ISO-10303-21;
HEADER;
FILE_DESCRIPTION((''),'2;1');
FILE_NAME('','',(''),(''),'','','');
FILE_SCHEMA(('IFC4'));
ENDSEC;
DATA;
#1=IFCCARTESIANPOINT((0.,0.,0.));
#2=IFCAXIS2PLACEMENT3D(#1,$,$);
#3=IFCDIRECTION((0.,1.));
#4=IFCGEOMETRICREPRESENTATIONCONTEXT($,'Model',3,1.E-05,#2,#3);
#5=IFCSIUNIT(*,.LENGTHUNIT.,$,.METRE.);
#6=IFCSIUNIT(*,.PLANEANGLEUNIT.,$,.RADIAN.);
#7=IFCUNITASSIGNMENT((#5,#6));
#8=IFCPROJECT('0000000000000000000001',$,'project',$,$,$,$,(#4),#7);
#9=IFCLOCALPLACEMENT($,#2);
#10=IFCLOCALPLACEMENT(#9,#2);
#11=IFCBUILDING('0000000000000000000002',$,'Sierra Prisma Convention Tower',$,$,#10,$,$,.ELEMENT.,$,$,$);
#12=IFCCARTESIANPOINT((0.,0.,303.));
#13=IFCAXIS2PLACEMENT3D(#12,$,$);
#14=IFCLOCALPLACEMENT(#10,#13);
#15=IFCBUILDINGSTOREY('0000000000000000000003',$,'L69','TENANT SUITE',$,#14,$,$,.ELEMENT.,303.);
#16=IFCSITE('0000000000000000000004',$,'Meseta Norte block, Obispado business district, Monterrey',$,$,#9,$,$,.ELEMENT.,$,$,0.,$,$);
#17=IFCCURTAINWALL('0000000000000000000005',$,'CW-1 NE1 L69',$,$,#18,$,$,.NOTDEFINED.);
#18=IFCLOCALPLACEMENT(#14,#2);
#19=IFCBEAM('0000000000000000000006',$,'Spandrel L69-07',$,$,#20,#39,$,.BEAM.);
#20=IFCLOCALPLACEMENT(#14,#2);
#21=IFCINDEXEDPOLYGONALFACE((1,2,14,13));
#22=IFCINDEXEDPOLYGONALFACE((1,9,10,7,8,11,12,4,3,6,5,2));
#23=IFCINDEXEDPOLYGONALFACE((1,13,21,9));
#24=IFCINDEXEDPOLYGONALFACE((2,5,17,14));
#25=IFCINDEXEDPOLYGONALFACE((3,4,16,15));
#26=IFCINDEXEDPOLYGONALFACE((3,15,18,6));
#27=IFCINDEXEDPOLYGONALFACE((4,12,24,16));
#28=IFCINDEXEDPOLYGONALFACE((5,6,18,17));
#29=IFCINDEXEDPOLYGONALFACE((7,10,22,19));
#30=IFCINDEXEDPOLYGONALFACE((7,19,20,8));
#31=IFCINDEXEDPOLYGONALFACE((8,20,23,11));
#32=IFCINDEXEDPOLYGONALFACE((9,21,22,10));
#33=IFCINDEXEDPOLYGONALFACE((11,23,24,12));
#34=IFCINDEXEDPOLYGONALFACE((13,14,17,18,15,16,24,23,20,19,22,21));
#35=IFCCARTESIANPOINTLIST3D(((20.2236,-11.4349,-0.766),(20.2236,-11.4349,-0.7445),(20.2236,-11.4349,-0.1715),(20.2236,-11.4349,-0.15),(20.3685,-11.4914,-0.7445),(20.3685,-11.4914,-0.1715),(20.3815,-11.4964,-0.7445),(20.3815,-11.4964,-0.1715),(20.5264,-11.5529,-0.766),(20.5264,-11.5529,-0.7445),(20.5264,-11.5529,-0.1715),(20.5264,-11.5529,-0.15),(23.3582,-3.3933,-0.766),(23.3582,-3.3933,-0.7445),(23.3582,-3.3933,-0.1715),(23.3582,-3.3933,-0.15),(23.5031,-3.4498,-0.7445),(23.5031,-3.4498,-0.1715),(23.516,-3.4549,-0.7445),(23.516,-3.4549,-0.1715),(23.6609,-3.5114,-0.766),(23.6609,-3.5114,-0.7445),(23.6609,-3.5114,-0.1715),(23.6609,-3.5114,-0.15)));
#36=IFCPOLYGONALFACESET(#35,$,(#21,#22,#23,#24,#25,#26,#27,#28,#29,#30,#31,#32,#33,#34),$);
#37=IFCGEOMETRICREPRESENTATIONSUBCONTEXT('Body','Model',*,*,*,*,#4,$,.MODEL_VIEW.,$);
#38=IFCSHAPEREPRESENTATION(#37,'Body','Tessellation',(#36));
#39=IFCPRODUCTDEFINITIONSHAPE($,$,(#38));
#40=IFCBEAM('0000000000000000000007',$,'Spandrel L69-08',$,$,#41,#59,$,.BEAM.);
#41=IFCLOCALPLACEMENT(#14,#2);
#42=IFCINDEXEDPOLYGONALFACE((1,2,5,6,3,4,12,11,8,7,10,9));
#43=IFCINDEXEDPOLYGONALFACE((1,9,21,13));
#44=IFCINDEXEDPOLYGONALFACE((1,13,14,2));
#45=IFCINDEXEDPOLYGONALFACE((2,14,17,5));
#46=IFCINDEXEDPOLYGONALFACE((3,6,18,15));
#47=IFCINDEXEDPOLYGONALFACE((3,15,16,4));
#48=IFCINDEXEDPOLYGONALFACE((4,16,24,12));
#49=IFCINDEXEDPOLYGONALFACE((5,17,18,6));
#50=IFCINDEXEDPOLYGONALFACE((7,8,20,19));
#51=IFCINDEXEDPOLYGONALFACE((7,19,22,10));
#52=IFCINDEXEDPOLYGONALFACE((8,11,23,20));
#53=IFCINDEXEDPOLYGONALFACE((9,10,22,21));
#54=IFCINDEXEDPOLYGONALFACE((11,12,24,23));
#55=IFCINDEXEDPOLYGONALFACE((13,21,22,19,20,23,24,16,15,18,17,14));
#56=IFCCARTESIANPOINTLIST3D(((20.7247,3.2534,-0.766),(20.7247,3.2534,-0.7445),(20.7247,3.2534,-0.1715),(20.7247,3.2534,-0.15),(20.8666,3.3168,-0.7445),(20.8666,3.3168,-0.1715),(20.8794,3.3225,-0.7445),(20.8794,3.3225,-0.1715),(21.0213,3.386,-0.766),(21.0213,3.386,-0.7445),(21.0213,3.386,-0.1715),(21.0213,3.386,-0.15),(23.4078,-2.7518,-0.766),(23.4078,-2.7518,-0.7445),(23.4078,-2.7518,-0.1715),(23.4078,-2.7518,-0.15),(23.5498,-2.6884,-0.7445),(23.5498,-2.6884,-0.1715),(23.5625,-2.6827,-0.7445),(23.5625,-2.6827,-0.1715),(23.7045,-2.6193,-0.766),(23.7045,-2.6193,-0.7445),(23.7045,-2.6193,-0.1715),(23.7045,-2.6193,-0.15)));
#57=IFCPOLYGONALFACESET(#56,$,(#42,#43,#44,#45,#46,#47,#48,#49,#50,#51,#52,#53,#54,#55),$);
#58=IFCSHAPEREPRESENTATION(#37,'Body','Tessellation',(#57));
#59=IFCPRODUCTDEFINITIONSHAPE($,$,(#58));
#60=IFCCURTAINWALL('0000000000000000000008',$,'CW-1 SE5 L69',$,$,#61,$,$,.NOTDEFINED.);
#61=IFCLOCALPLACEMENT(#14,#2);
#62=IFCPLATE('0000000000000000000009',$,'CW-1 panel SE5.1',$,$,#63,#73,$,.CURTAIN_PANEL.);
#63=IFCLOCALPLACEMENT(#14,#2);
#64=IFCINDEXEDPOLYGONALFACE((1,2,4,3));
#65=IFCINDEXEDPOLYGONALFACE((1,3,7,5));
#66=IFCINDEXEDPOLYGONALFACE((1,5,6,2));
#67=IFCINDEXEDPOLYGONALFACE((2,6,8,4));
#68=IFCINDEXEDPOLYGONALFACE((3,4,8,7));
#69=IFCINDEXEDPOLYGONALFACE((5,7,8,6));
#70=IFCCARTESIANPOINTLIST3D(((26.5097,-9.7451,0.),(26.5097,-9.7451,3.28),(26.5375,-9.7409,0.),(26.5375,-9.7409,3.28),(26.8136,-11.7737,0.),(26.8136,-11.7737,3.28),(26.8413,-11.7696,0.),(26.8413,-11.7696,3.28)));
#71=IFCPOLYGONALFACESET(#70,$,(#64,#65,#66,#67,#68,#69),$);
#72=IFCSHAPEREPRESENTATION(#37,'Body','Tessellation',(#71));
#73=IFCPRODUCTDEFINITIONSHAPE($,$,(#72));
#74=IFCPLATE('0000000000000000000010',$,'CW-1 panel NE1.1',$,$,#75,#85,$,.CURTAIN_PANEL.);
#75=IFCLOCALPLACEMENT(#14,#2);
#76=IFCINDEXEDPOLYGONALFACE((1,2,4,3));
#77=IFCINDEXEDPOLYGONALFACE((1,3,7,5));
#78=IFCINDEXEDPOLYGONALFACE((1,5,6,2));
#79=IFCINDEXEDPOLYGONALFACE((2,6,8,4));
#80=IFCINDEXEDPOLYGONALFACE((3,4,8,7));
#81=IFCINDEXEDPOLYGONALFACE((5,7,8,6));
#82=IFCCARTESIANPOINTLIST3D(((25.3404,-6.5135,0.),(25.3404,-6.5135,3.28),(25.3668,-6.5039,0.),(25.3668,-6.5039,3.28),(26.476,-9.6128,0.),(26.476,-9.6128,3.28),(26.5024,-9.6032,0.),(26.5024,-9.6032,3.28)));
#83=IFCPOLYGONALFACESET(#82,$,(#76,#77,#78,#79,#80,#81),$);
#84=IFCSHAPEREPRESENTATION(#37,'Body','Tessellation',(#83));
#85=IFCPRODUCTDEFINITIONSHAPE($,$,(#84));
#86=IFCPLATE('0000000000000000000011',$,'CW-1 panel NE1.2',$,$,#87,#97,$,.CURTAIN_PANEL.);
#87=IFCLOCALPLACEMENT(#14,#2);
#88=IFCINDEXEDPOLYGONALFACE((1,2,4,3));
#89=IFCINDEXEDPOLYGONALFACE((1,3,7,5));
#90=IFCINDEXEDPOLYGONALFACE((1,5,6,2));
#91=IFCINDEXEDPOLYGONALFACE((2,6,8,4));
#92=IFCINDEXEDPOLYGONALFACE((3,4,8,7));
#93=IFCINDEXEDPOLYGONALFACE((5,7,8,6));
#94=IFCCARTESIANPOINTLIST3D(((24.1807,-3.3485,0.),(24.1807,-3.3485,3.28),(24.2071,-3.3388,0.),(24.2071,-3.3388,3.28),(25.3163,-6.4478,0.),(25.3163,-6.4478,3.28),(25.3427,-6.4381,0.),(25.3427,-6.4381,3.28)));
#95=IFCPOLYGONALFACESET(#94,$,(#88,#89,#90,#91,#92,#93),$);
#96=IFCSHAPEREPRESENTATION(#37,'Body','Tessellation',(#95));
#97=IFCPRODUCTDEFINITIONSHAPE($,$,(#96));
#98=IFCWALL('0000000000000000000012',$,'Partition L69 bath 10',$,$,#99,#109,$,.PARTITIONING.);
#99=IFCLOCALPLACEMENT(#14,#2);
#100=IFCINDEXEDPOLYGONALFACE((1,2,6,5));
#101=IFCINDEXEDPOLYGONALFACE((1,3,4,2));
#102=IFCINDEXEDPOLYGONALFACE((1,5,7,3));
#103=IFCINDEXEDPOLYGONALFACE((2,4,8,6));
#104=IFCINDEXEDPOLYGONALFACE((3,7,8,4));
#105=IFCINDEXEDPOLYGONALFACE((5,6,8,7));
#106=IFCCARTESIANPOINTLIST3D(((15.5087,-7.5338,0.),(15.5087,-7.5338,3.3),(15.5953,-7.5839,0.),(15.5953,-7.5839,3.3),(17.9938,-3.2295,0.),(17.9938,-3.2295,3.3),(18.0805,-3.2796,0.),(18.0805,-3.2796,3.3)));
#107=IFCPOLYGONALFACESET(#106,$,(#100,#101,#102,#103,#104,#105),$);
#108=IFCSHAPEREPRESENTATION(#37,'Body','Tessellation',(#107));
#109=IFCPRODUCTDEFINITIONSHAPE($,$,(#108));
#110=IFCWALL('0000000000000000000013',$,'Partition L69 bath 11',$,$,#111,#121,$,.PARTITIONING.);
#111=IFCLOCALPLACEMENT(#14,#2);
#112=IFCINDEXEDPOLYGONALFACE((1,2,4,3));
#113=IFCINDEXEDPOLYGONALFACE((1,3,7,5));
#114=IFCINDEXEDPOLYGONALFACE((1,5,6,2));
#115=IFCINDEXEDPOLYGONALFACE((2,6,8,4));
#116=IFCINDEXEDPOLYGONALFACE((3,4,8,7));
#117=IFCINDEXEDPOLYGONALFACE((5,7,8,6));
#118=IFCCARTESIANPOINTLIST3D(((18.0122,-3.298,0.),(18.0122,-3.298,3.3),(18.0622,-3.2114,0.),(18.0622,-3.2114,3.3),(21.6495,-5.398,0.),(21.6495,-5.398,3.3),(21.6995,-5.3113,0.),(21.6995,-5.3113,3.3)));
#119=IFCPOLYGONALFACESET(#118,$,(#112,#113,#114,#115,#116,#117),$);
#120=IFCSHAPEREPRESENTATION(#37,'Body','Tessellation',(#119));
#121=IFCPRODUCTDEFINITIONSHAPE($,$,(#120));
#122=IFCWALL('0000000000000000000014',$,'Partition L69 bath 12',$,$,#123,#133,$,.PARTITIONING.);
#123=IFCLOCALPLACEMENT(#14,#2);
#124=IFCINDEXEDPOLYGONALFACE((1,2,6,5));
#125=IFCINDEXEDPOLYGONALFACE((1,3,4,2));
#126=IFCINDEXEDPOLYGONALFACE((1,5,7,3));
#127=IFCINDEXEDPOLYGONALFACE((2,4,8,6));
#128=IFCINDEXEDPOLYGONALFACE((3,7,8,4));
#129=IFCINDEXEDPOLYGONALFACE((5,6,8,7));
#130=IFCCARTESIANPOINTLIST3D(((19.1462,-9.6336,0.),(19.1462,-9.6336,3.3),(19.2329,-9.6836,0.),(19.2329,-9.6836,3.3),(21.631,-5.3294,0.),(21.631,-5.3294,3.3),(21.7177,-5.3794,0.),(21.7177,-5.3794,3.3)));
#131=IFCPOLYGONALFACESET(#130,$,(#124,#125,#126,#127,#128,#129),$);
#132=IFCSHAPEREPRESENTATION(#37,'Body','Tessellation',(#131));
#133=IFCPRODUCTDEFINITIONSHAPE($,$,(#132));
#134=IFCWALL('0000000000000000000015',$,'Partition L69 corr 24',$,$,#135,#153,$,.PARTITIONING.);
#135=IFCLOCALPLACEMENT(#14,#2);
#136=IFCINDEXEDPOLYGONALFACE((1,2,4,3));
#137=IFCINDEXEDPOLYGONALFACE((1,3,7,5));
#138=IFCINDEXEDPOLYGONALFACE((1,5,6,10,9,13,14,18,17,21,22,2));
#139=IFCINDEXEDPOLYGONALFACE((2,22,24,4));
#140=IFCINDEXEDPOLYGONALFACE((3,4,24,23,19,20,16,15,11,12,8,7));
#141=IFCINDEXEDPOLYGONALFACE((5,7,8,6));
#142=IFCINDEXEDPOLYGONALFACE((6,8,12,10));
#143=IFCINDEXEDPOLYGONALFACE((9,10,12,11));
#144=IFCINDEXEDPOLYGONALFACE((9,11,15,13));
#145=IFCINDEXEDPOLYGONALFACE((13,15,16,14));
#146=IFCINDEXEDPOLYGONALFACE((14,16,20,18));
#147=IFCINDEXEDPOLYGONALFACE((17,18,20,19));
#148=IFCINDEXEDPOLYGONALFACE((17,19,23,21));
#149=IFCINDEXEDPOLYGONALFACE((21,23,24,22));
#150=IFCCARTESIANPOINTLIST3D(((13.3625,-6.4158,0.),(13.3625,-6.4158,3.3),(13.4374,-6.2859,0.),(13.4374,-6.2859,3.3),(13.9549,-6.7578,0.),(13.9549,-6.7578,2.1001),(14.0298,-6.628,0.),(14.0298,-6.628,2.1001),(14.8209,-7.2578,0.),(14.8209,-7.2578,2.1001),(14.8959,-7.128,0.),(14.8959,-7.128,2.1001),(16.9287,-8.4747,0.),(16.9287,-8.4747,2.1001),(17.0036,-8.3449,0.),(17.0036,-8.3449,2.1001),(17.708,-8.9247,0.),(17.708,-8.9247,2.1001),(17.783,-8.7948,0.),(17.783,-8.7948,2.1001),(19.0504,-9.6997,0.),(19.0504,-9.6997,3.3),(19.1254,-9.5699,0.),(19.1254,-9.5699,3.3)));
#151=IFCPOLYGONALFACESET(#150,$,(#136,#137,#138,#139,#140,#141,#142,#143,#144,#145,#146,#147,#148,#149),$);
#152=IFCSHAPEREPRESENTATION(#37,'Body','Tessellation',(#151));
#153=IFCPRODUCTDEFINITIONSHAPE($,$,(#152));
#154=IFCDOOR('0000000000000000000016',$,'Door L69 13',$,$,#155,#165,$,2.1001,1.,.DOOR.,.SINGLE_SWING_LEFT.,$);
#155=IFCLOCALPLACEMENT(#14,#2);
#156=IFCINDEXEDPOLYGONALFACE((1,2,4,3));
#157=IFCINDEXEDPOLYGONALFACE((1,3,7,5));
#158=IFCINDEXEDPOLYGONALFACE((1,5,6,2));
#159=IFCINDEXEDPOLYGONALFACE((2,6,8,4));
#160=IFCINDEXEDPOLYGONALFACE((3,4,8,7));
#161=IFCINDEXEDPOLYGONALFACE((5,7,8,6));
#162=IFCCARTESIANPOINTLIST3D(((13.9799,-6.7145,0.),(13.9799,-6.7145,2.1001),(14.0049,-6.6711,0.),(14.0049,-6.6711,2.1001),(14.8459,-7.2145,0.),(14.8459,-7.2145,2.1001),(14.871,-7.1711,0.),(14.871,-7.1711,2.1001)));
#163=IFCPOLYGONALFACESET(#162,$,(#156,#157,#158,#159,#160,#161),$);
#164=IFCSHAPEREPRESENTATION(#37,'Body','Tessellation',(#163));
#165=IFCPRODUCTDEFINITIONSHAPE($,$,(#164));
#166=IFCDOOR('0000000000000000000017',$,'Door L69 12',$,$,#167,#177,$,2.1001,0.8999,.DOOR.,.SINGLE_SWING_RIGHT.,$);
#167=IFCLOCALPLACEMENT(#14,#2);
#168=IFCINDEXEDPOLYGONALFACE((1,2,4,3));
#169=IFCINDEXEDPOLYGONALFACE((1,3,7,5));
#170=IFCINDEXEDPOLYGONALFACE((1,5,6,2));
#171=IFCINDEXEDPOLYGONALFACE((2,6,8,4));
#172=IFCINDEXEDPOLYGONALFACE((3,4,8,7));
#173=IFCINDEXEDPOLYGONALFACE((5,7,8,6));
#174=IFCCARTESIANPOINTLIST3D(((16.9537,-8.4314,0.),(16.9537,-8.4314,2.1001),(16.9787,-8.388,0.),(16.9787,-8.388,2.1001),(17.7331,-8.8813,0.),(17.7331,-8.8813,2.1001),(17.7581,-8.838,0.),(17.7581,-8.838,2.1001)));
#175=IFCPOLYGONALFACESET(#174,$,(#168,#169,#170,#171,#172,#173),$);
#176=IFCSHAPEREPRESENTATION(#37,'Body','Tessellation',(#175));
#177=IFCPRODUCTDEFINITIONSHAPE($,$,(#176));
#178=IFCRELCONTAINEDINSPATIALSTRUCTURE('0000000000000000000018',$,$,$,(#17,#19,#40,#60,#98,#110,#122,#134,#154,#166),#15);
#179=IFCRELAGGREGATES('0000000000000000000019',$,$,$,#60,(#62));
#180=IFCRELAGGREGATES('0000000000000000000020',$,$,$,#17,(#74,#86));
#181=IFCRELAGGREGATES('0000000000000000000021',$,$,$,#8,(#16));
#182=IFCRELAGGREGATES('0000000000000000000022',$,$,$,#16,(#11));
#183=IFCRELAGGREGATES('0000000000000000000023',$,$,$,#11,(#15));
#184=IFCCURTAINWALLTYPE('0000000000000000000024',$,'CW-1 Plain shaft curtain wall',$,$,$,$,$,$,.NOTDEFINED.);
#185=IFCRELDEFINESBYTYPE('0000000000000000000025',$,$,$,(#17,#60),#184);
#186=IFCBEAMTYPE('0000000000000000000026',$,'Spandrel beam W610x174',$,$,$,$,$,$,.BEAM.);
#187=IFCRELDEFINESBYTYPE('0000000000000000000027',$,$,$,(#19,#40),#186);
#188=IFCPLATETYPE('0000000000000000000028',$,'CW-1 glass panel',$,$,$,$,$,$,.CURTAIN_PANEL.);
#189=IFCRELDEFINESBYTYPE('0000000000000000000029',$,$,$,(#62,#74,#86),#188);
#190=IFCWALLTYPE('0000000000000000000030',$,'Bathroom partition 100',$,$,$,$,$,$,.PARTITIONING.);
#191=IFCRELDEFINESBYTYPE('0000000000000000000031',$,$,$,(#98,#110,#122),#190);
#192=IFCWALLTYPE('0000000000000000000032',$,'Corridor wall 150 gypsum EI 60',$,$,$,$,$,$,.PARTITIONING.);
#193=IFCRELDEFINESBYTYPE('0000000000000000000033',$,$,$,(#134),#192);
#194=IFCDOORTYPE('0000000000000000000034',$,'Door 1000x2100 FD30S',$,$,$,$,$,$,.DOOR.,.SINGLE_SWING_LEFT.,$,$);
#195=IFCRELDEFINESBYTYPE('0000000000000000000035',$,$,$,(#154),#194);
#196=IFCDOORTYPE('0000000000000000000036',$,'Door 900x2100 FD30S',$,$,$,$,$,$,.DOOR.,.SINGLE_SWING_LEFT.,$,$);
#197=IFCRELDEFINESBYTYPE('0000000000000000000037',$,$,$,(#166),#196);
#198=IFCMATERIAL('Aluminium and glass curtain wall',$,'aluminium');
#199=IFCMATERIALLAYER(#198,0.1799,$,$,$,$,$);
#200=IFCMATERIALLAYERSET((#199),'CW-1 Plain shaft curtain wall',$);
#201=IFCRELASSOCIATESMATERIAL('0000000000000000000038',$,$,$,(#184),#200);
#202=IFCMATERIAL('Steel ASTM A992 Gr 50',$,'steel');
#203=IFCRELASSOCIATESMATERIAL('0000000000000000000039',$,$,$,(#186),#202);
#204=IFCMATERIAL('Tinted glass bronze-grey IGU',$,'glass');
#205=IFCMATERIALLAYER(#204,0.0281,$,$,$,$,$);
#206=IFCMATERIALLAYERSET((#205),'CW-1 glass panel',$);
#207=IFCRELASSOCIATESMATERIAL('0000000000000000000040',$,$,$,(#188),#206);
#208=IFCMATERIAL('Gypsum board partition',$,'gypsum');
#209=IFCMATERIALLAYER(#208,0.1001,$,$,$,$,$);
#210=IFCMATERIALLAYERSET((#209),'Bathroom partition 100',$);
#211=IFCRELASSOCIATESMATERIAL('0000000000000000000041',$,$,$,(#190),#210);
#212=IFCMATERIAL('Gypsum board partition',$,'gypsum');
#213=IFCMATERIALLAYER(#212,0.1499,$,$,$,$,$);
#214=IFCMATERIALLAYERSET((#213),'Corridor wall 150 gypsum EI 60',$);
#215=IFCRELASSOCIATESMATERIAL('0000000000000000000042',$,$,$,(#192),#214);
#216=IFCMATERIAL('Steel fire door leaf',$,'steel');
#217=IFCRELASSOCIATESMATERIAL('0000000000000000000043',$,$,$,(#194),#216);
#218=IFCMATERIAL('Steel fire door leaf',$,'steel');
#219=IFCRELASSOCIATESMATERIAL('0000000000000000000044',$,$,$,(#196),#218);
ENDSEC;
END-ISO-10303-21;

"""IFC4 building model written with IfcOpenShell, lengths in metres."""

from ifc_helpers import new_model, si_unit, direction, frame, frame_2d, origin, origin_2d, place, context, subcontext, project, spatial, rectangle, i_section, extrude, material, layer, layer_set, material_profile, profile_set, type_object, element, fill, aggregate, save


model = new_model("IFC4")

# Units and contexts
model_context = context("Model", 3, precision=1e-05, world=origin(), true_north=direction((0.0, 1.0)))
body_context = subcontext(model_context, "Body", "Model", "MODEL_VIEW")
ifc_project = project(units=[si_unit("LENGTHUNIT", "METRE"), si_unit("PLANEANGLEUNIT", "RADIAN")], contexts=[model_context])

# Site, building, storey
site_placement = place(None, origin())
site = spatial("IfcSite", under=ifc_project, at=site_placement, Name="Meseta Norte block, Obispado business district, Monterrey", CompositionType="ELEMENT", RefElevation=0.0)
building_placement = place(site_placement, origin())
building = spatial("IfcBuilding", under=site, at=building_placement, Name="Sierra Prisma Convention Tower", CompositionType="ELEMENT")
storey_placement = place(building_placement, frame((0.0, 0.0, 303.0)))
storey = spatial("IfcBuildingStorey", under=building, at=storey_placement, Name="L69", Description="TENANT SUITE", CompositionType="ELEMENT", Elevation=303.0)

# Curtain wall
ifc_material_1 = material(Name="Aluminium and glass curtain wall", Category="aluminium")
ifc_layer_1 = layer(ifc_material_1, 0.1799)
ifc_layer_set_1 = layer_set([ifc_layer_1], Name="CW-1 Plain shaft curtain wall")
curtain_wall_type = type_object("IfcCurtainWallType", Name="CW-1 Plain shaft curtain wall", PredefinedType="NOTDEFINED", material=ifc_layer_set_1)
curtain_wall_1_placement = place(storey_placement, origin())
curtain_wall_1 = element("IfcCurtainWall", 1, at=curtain_wall_1_placement, inside=storey, type_object=curtain_wall_type, Name="CW-1 NE1 L69", PredefinedType="NOTDEFINED")

# Beams
ifc_material_2 = material(Name="Steel ASTM A992 Gr 50", Category="steel")
ifc_material_profile_1 = material_profile(ifc_material_2, i_section(OverallWidth=0.325, OverallDepth=0.616, WebThickness=0.0139, FlangeThickness=0.0215, at=origin_2d()), Name="W610x174")
ifc_profile_set_1 = profile_set([ifc_material_profile_1], Name="Steel ASTM A992 Gr 50")
beam_type_1 = type_object("IfcBeamType", Name="Spandrel beam W610x174", PredefinedType="BEAM", material=ifc_profile_set_1)
beam_1_placement = place(storey_placement, frame((20.375, -11.4939, -0.458), z_axis=(0.363178, 0.93172, 0.0), x_axis=(-0.93172, 0.363178, 0.0)))
element("IfcBeam", 2, at=beam_1_placement, inside=storey, type_object=beam_type_1, Name="Spandrel L69-07", PredefinedType="BEAM", context=body_context, shape_type="SweptSolid", body=[
    extrude(i_section(OverallWidth=0.325, OverallDepth=0.616, WebThickness=0.0139, FlangeThickness=0.0215, at=origin_2d()), origin(), (0.0, 0.0, 1.0), 8.6309),
])
beam_2_placement = place(storey_placement, frame((23.5562, -2.6855, -0.458), z_axis=(-0.407935, 0.913011, 0.0), x_axis=(-0.913011, -0.407935, 0.0)))
element("IfcBeam", 3, at=beam_2_placement, inside=storey, type_object=beam_type_1, Name="Spandrel L69-08", PredefinedType="BEAM", context=body_context, shape_type="SweptSolid", body=[
    extrude(i_section(OverallWidth=0.325, OverallDepth=0.616, WebThickness=0.0139, FlangeThickness=0.0215, at=origin_2d()), origin(), (0.0, 0.0, 1.0), 6.5774),
])

# Curtain wall, plate
curtain_wall_2_placement = place(storey_placement, origin())
curtain_wall_2 = element("IfcCurtainWall", 4, at=curtain_wall_2_placement, inside=storey, type_object=curtain_wall_type, Name="CW-1 SE5 L69", PredefinedType="NOTDEFINED")
ifc_material_3 = material(Name="Tinted glass bronze-grey IGU", Category="glass")
ifc_layer_2 = layer(ifc_material_3, 0.0281)
ifc_layer_set_2 = layer_set([ifc_layer_2], Name="CW-1 glass panel")
plate_type = type_object("IfcPlateType", Name="CW-1 glass panel", PredefinedType="CURTAIN_PANEL", material=ifc_layer_set_2)
plate_1_placement = place(storey_placement, frame((26.6755, -10.7573, 0.0), z_axis=(0.0, 0.0, 1.0), x_axis=(-0.148123, 0.988969, 0.0)))
plate_1 = element("IfcPlate", 5, at=plate_1_placement, type_object=plate_type, Name="CW-1 panel SE5.1", PredefinedType="CURTAIN_PANEL", context=body_context, shape_type="SweptSolid", body=[
    extrude(rectangle(XDim=2.0513, YDim=0.0281, at=origin_2d()), origin(), (0.0, 0.0, 1.0), 3.28),
])
aggregate(curtain_wall_2, [plate_1])

# Plates
plate_2_placement = place(storey_placement, frame((25.9214, -8.0583, 0.0), z_axis=(0.0, 0.0, 1.0), x_axis=(-0.344038, 0.938956, 0.0)))
plate_2 = element("IfcPlate", 6, at=plate_2_placement, type_object=plate_type, Name="CW-1 panel NE1.1", PredefinedType="CURTAIN_PANEL", context=body_context, shape_type="SweptSolid", body=[
    extrude(rectangle(XDim=3.3008, YDim=0.0281, at=origin_2d()), origin(), (0.0, 0.0, 1.0), 3.28),
])
plate_3_placement = place(storey_placement, frame((24.7617, -4.8933, 0.0), z_axis=(0.0, 0.0, 1.0), x_axis=(-0.344038, 0.938956, 0.0)))
plate_3 = element("IfcPlate", 7, at=plate_3_placement, type_object=plate_type, Name="CW-1 panel NE1.2", PredefinedType="CURTAIN_PANEL", context=body_context, shape_type="SweptSolid", body=[
    extrude(rectangle(XDim=3.3008, YDim=0.0281, at=origin_2d()), origin(), (0.0, 0.0, 1.0), 3.28),
])
aggregate(curtain_wall_1, [plate_2, plate_3])

# Walls
ifc_material_4 = material(Name="Gypsum board partition", Category="gypsum")
ifc_layer_3 = layer(ifc_material_4, 0.1001)
ifc_layer_set_3 = layer_set([ifc_layer_3], Name="Bathroom partition 100")
wall_type_1 = type_object("IfcWallType", Name="Bathroom partition 100", PredefinedType="PARTITIONING", material=ifc_layer_set_3)
wall_1_placement = place(storey_placement, frame((15.552, -7.5588, 0.0), z_axis=(0.0, 0.0, 1.0), x_axis=(0.500012, 0.866019, 0.0)))
element("IfcWall", 8, at=wall_1_placement, inside=storey, type_object=wall_type_1, Name="Partition L69 bath 10", PredefinedType="PARTITIONING", context=body_context, shape_type="SweptSolid", body=[
    extrude(rectangle(XDim=4.9702, YDim=0.1001, at=frame_2d((2.4851, 0.0))), origin(), (0.0, 0.0, 1.0), 3.3),
])
wall_2_placement = place(storey_placement, frame((18.0371, -3.2546, 0.0), z_axis=(0.0, 0.0, 1.0), x_axis=(0.866035, -0.499984, 0.0)))
element("IfcWall", 9, at=wall_2_placement, inside=storey, type_object=wall_type_1, Name="Partition L69 bath 11", PredefinedType="PARTITIONING", context=body_context, shape_type="SweptSolid", body=[
    extrude(rectangle(XDim=4.2, YDim=0.1001, at=frame_2d((2.1001, 0.0))), origin(), (0.0, 0.0, 1.0), 3.3),
])
wall_3_placement = place(storey_placement, frame((21.6743, -5.3545, 0.0), z_axis=(0.0, 0.0, 1.0), x_axis=(-0.499975, -0.86604, 0.0)))
element("IfcWall", 10, at=wall_3_placement, inside=storey, type_object=wall_type_1, Name="Partition L69 bath 12", PredefinedType="PARTITIONING", context=body_context, shape_type="SweptSolid", body=[
    extrude(rectangle(XDim=4.97, YDim=0.1001, at=frame_2d((2.4849, 0.0))), origin(), (0.0, 0.0, 1.0), 3.3),
])

# Wall, openings, doors
ifc_material_5 = material(Name="Gypsum board partition", Category="gypsum")
ifc_layer_4 = layer(ifc_material_5, 0.1499)
ifc_layer_set_4 = layer_set([ifc_layer_4], Name="Corridor wall 150 gypsum EI 60")
wall_type_2 = type_object("IfcWallType", Name="Corridor wall 150 gypsum EI 60", PredefinedType="PARTITIONING", material=ifc_layer_set_4)
wall_4_placement = place(storey_placement, frame((19.0879, -9.6348, 0.0), z_axis=(0.0, 0.0, 1.0), x_axis=(-0.866027, 0.499997, 0.0)))
wall_4 = element("IfcWall", 11, at=wall_4_placement, inside=storey, type_object=wall_type_2, Name="Partition L69 corr 24", PredefinedType="PARTITIONING", context=body_context, shape_type="SweptSolid", body=[
    extrude(rectangle(XDim=6.5679, YDim=0.1499, at=frame_2d((3.2839, 0.0))), origin(), (0.0, 0.0, 1.0), 3.3),
])
opening_1_placement = place(wall_4_placement, frame((1.55, 0.0, 0.0)))
opening_1 = element("IfcOpeningElement", 12, at=opening_1_placement, cuts=wall_4, PredefinedType="OPENING", context=body_context, shape_type="SweptSolid", body=[
    extrude(rectangle(XDim=0.8999, YDim=2.1001, at=frame_2d((0.45, 1.05))), frame((0.0, 0.075, 0.0), z_axis=(0.0, -1.0, 0.0), x_axis=(1.0, 0.0, 0.0)), (0.0, 0.0, 1.0), 0.1499),
])
opening_2_placement = place(wall_4_placement, frame((4.8838, 0.0, 0.0)))
opening_2 = element("IfcOpeningElement", 13, at=opening_2_placement, cuts=wall_4, PredefinedType="OPENING", context=body_context, shape_type="SweptSolid", body=[
    extrude(rectangle(XDim=1.0, YDim=2.1001, at=frame_2d((0.5, 1.05))), frame((0.0, 0.075, 0.0), z_axis=(0.0, -1.0, 0.0), x_axis=(1.0, 0.0, 0.0)), (0.0, 0.0, 1.0), 0.1499),
])
ifc_material_6 = material(Name="Steel fire door leaf", Category="steel")
door_type_1 = type_object("IfcDoorType", Name="Door 1000x2100 FD30S", OperationType="SINGLE_SWING_LEFT", PredefinedType="DOOR", material=ifc_material_6)
door_1_placement = place(opening_2_placement, origin())
door_1 = element("IfcDoor", 14, at=door_1_placement, inside=storey, type_object=door_type_1, Name="Door L69 13", OperationType="SINGLE_SWING_LEFT", OverallHeight=2.1001, OverallWidth=1.0, PredefinedType="DOOR", context=body_context, shape_type="SweptSolid", body=[
    extrude(rectangle(XDim=1.0, YDim=2.1001, at=frame_2d((0.5, 1.05))), frame((0.0, 0.0249, 0.0), z_axis=(0.0, -1.0, 0.0), x_axis=(1.0, 0.0, 0.0)), (0.0, 0.0, 1.0), 0.05),
])
fill(opening_2, door_1)
ifc_material_7 = material(Name="Steel fire door leaf", Category="steel")
door_type_2 = type_object("IfcDoorType", Name="Door 900x2100 FD30S", OperationType="SINGLE_SWING_LEFT", PredefinedType="DOOR", material=ifc_material_7)
door_2_placement = place(opening_1_placement, origin())
door_2 = element("IfcDoor", 15, at=door_2_placement, inside=storey, type_object=door_type_2, Name="Door L69 12", OperationType="SINGLE_SWING_RIGHT", OverallHeight=2.1001, OverallWidth=0.8999, PredefinedType="DOOR", context=body_context, shape_type="SweptSolid", body=[
    extrude(rectangle(XDim=0.8999, YDim=2.1001, at=frame_2d((0.45, 1.05))), frame((0.0, 0.0249, 0.0), z_axis=(0.0, -1.0, 0.0), x_axis=(1.0, 0.0, 0.0)), (0.0, 0.0, 1.0), 0.05),
])
fill(opening_1, door_2)

save(model, "model.ifc")
